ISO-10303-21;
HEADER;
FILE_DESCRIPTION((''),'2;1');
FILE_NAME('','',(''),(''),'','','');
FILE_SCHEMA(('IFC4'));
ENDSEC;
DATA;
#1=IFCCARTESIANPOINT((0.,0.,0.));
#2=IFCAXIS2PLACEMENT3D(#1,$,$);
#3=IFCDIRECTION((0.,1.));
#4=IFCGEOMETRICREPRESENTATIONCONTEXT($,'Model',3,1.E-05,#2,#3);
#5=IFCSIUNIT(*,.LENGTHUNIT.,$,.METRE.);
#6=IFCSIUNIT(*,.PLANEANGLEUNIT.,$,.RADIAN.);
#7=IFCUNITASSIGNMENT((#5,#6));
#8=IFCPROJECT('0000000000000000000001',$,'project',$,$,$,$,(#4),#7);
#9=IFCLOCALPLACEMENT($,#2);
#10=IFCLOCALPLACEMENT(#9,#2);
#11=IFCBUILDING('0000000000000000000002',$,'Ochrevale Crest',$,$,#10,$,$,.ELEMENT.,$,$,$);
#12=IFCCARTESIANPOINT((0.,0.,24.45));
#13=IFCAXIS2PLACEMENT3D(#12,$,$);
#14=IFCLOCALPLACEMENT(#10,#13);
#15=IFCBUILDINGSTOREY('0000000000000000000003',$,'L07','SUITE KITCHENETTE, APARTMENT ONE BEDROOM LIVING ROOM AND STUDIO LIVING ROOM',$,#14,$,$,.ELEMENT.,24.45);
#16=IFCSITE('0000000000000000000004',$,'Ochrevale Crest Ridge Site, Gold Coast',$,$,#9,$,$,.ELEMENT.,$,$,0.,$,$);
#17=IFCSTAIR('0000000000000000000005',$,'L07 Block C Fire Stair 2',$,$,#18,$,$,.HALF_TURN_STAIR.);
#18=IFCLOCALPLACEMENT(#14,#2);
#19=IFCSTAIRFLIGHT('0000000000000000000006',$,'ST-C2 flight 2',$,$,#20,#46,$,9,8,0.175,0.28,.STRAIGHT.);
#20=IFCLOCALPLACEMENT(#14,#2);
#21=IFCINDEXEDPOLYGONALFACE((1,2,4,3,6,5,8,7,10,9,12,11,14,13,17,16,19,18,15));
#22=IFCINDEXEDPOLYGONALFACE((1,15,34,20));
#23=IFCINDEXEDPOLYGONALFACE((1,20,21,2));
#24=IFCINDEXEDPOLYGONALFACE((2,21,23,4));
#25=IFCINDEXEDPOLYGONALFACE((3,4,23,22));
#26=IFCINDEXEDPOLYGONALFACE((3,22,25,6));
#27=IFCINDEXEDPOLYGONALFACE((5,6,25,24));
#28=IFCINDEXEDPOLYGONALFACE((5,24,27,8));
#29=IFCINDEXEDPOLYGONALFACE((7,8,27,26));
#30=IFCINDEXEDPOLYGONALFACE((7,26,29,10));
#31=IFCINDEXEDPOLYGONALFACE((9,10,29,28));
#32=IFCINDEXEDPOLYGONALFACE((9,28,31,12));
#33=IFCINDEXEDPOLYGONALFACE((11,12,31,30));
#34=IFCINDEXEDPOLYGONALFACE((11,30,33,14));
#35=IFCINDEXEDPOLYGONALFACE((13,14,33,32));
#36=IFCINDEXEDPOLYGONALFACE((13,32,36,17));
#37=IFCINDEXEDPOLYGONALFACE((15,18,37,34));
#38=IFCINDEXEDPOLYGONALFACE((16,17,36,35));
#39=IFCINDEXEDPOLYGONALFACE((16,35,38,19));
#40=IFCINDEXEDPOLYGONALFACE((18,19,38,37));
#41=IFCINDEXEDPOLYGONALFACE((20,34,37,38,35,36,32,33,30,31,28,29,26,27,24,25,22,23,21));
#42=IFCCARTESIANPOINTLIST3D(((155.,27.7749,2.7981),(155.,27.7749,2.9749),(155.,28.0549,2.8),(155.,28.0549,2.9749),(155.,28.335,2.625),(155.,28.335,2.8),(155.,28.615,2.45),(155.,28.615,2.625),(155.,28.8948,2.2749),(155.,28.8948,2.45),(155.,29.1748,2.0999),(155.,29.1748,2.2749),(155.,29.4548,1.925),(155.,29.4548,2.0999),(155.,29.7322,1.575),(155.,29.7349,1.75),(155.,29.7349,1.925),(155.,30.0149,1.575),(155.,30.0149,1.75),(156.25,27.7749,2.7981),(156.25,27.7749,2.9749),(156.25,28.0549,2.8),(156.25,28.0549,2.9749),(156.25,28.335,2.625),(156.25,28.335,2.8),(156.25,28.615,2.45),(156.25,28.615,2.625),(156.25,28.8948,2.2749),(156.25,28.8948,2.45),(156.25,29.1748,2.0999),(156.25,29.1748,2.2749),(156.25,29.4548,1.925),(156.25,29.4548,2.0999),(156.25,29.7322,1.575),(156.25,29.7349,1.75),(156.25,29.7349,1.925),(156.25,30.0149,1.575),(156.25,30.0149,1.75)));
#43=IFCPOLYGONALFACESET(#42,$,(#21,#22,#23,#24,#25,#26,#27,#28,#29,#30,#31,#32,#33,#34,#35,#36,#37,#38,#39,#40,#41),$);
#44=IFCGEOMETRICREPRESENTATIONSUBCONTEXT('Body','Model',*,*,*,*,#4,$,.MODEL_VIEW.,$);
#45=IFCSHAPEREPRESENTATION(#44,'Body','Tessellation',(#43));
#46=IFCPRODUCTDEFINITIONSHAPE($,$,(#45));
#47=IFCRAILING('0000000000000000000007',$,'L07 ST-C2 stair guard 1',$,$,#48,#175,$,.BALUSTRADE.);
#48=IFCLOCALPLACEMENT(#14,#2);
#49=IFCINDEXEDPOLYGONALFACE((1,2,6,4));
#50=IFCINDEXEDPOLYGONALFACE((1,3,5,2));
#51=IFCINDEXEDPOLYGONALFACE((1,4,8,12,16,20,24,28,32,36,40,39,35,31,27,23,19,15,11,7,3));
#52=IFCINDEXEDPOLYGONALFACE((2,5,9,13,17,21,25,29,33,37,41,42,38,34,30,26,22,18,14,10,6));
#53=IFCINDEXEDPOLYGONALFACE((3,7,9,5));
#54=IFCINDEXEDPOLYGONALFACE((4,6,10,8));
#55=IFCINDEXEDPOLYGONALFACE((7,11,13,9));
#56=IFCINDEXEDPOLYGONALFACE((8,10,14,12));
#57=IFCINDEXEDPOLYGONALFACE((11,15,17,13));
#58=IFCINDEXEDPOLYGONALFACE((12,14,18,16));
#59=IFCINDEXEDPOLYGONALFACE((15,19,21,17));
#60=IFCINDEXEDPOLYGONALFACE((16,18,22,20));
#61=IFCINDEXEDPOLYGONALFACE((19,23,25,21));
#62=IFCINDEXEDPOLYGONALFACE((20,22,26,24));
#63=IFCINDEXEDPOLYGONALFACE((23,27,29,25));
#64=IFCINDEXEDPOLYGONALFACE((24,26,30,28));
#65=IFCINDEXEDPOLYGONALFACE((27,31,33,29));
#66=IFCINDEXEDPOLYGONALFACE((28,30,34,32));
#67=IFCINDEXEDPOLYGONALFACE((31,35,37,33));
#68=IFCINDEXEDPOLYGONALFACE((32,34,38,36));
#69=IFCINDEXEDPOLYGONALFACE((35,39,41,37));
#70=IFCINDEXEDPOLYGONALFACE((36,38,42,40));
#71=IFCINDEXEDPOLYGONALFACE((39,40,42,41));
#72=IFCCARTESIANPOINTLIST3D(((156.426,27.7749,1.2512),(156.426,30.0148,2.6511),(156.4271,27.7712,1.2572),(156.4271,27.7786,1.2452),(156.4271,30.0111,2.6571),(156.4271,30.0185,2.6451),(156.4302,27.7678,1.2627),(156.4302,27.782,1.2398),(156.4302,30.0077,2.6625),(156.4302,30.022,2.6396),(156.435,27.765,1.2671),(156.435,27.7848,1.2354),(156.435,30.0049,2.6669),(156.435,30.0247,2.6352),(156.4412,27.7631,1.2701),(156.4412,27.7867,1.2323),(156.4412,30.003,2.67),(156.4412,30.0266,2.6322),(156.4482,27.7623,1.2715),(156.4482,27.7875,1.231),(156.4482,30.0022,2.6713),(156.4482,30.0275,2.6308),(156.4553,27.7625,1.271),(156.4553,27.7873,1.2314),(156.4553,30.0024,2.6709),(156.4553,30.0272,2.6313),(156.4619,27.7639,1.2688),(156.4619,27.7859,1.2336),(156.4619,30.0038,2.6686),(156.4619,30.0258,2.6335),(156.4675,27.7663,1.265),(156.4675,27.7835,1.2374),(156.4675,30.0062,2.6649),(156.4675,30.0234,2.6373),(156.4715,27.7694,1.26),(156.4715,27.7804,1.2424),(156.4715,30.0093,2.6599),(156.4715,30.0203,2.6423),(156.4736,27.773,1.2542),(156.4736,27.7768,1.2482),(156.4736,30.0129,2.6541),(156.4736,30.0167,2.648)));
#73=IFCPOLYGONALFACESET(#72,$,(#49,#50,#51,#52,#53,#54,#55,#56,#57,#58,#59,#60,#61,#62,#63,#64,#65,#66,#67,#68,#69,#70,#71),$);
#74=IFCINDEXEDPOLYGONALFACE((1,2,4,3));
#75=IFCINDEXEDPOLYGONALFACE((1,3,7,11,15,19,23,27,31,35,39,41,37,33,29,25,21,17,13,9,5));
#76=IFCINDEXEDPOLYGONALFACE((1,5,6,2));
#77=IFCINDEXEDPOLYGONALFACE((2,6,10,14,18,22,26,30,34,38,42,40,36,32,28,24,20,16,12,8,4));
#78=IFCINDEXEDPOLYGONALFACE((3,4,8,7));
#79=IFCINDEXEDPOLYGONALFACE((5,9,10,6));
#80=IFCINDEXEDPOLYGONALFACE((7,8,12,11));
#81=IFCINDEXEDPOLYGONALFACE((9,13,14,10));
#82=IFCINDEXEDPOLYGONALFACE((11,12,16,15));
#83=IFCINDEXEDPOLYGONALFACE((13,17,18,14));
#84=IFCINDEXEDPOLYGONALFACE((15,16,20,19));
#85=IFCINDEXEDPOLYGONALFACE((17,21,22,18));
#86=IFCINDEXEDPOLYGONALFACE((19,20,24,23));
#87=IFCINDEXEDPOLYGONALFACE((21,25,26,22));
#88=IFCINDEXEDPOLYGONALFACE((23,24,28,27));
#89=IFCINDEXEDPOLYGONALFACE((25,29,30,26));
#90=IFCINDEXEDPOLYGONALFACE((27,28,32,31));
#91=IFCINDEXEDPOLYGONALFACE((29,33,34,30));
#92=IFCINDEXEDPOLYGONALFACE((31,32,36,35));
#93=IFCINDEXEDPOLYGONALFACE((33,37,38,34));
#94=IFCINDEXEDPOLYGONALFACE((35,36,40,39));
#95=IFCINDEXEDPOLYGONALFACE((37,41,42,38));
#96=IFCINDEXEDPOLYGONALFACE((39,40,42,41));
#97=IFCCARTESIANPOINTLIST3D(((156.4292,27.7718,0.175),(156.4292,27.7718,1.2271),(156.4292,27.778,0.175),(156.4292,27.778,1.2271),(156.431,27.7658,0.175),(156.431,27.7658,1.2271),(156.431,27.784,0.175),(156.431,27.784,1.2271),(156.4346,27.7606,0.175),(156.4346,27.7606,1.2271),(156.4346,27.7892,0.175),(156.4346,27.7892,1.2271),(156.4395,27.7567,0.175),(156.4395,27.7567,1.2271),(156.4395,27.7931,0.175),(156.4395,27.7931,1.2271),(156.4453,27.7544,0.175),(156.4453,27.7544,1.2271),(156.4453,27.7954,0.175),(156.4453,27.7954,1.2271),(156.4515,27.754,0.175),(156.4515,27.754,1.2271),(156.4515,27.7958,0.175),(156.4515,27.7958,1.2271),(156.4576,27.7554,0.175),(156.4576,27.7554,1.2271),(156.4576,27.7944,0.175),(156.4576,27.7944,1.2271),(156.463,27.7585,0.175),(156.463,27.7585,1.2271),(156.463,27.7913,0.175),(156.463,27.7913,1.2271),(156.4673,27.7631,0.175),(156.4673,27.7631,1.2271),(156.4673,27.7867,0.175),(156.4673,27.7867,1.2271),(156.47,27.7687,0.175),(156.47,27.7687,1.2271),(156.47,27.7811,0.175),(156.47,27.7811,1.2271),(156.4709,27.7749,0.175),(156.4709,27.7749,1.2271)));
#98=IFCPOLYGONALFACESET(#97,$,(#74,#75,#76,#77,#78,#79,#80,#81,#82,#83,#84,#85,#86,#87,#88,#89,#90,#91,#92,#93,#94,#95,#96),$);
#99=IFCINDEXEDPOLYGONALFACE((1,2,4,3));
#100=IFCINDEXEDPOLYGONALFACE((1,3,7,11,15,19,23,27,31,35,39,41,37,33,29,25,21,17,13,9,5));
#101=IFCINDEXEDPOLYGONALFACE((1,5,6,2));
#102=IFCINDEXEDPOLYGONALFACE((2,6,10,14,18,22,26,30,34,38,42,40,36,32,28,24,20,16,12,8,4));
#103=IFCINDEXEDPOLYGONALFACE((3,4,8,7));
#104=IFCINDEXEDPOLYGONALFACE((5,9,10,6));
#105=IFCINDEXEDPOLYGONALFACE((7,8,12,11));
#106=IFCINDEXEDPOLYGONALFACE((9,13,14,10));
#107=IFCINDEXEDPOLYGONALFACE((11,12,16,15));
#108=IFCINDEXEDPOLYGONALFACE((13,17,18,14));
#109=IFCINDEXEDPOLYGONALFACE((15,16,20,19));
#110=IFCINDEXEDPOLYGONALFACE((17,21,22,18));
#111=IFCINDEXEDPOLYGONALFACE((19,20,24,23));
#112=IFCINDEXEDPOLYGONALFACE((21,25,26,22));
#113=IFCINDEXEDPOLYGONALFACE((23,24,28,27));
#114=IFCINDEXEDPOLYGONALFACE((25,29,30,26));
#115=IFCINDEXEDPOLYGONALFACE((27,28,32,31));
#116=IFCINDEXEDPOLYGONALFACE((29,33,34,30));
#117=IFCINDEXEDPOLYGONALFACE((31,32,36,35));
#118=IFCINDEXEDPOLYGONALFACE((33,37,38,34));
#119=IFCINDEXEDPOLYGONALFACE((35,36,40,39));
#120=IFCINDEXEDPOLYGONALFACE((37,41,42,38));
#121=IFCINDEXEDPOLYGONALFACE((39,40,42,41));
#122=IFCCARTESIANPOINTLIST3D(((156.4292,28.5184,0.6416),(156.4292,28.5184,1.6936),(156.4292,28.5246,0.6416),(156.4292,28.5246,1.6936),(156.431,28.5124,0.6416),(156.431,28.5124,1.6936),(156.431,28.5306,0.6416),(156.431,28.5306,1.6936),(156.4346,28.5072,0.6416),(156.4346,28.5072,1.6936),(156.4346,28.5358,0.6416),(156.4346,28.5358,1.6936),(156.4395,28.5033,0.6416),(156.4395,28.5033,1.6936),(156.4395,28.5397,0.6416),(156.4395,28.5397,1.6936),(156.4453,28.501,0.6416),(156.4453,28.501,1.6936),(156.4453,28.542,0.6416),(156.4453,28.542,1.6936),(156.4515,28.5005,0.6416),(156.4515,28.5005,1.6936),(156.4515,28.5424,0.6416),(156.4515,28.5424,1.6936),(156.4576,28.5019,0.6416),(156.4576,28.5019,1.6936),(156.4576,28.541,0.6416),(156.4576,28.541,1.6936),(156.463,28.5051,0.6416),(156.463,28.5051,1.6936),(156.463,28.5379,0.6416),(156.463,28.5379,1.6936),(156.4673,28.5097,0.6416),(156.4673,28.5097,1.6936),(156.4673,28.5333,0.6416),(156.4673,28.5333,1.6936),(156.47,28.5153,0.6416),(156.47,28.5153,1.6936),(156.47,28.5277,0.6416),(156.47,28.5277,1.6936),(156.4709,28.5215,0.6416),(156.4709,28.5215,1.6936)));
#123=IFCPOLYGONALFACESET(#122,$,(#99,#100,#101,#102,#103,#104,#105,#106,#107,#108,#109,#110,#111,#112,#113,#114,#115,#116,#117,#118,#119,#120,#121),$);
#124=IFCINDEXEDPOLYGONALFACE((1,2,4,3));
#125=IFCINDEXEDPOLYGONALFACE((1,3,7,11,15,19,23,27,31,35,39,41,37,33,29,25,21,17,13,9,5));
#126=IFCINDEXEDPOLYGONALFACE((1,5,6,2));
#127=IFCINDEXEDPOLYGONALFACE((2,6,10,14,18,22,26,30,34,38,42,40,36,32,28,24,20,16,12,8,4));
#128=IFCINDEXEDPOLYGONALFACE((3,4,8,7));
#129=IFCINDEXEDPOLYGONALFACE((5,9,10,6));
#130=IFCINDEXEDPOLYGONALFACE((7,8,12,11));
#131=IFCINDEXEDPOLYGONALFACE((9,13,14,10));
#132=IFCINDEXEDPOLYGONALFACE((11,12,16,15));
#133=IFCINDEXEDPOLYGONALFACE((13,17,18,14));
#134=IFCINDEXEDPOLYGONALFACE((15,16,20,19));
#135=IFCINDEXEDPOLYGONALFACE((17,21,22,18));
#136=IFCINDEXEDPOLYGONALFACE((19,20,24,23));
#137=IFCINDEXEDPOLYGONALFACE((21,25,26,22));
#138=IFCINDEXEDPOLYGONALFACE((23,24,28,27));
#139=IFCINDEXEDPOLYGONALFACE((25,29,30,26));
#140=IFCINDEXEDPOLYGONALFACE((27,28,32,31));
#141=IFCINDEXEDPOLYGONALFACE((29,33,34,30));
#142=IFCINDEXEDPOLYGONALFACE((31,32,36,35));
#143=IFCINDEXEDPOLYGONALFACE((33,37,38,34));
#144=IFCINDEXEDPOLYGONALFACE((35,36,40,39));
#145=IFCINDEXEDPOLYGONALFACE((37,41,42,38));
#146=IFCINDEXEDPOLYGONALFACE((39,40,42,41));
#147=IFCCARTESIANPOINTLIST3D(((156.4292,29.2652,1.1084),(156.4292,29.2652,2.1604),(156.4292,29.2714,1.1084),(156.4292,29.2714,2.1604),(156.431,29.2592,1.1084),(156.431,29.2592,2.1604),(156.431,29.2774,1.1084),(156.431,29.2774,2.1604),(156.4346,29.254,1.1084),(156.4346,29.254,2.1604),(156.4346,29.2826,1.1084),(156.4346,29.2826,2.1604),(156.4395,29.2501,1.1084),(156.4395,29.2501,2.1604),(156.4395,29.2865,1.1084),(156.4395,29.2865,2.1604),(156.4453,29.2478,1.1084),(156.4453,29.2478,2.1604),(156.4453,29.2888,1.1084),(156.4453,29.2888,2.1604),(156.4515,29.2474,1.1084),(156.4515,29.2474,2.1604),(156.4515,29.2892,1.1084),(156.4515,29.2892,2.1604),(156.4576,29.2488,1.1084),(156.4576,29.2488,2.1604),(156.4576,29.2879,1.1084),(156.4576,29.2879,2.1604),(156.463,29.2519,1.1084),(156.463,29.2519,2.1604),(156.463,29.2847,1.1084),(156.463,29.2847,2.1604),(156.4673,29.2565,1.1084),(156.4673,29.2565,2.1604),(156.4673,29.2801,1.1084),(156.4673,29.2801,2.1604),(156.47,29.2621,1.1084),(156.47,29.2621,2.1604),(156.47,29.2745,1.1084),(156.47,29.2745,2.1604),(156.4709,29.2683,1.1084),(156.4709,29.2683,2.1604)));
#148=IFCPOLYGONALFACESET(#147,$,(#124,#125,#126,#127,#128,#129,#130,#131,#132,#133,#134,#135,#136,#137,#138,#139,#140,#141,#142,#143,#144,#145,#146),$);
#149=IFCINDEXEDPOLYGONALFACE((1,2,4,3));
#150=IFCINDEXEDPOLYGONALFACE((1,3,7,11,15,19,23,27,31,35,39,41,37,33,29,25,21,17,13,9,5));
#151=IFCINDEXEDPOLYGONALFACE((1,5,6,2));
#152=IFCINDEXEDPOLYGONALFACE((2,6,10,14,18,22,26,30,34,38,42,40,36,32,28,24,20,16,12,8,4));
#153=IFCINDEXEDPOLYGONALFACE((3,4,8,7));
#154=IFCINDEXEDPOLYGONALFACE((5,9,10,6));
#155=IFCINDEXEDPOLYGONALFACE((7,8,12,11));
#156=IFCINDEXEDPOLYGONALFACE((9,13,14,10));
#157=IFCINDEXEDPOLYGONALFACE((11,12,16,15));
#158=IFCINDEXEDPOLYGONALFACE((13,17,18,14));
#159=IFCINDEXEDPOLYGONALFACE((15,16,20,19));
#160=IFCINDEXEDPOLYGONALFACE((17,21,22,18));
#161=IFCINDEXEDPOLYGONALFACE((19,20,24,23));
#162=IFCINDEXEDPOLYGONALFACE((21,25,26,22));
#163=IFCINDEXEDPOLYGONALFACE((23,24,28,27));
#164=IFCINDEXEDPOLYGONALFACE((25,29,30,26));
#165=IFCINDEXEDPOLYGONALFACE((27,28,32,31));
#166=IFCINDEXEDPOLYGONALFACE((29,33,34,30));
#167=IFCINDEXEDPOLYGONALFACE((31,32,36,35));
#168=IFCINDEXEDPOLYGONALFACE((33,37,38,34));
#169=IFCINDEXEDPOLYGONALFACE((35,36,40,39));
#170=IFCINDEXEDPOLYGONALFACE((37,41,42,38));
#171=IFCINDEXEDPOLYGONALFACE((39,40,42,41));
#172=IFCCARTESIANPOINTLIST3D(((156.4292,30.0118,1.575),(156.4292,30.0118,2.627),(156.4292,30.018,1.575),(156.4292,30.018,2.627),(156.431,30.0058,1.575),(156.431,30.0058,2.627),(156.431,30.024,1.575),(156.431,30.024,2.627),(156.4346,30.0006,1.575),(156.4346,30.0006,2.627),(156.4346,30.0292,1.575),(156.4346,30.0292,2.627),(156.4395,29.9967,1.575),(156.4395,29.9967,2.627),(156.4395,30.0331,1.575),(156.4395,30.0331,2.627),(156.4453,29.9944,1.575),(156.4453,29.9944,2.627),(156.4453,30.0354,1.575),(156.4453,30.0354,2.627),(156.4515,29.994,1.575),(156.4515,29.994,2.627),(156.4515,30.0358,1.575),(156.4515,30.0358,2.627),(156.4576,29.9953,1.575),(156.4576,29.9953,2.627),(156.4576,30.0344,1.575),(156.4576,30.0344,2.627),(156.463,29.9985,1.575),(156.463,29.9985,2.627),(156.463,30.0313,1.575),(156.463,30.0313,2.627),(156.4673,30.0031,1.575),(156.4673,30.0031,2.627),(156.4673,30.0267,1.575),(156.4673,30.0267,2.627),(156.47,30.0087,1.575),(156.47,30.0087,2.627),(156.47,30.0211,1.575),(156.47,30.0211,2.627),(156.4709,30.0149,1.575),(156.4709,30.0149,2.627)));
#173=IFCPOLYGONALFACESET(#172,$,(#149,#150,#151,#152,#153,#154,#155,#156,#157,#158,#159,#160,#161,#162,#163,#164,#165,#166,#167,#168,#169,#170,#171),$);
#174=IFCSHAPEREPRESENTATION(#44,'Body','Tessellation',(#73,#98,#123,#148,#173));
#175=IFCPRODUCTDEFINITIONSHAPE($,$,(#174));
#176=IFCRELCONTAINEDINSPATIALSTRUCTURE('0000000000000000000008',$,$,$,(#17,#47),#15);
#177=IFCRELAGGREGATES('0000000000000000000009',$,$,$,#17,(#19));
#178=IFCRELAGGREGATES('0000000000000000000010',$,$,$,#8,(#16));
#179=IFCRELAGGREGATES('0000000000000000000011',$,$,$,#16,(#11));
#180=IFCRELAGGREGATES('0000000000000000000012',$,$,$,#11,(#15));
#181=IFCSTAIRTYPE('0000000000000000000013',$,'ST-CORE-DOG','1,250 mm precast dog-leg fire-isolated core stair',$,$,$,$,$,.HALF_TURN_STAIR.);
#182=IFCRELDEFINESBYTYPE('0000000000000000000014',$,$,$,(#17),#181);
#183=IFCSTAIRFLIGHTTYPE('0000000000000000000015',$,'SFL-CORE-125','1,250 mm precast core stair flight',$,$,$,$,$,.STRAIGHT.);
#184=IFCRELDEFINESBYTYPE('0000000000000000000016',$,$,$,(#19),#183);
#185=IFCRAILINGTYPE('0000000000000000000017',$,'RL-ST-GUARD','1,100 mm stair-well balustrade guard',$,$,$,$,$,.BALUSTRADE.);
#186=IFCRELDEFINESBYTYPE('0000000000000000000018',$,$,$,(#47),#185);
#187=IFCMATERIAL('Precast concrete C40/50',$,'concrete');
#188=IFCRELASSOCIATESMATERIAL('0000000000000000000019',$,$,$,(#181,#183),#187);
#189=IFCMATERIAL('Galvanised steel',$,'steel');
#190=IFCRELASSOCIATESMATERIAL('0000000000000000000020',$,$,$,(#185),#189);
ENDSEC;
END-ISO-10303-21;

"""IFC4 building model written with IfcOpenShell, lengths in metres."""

from ifc_helpers import new_model, si_unit, direction, frame, origin, origin_2d, place, context, subcontext, project, spatial, polyline, circle, outline, extrude, material, type_object, element, aggregate, save


model = new_model("IFC4")

# Units and contexts
model_context = context("Model", 3, precision=1e-05, world=origin(), true_north=direction((0.0, 1.0)))
body_context = subcontext(model_context, "Body", "Model", "MODEL_VIEW")
ifc_project = project(units=[si_unit("LENGTHUNIT", "METRE"), si_unit("PLANEANGLEUNIT", "RADIAN")], contexts=[model_context])

# Site, building, storey
site_placement = place(None, origin())
site = spatial("IfcSite", under=ifc_project, at=site_placement, Name="Ochrevale Crest Ridge Site, Gold Coast", CompositionType="ELEMENT", RefElevation=0.0)
building_placement = place(site_placement, origin())
building = spatial("IfcBuilding", under=site, at=building_placement, Name="Ochrevale Crest", CompositionType="ELEMENT")
storey_placement = place(building_placement, frame((0.0, 0.0, 24.45)))
storey = spatial("IfcBuildingStorey", under=building, at=storey_placement, Name="L07", Description="SUITE KITCHENETTE, APARTMENT ONE BEDROOM LIVING ROOM AND STUDIO LIVING ROOM", CompositionType="ELEMENT", Elevation=24.45)

# Stair, stair flight
ifc_material_1 = material(Name="Precast concrete C40/50", Category="concrete")
stair_type = type_object("IfcStairType", Name="ST-CORE-DOG", Description="1,250 mm precast dog-leg fire-isolated core stair", PredefinedType="HALF_TURN_STAIR", material=ifc_material_1)
stair_placement = place(storey_placement, origin())
stair = element("IfcStair", 1, at=stair_placement, inside=storey, type_object=stair_type, Name="L07 Block C Fire Stair 2", PredefinedType="HALF_TURN_STAIR")
stair_flight_type = type_object("IfcStairFlightType", Name="SFL-CORE-125", Description="1,250 mm precast core stair flight", PredefinedType="STRAIGHT", material=ifc_material_1)
stair_flight_1_placement = place(storey_placement, frame((155.625, 30.0149, 1.575), z_axis=(0.0, 0.0, 1.0), x_axis=(0.0, -1.0, 0.0)))
stair_flight_1 = element("IfcStairFlight", 2, at=stair_flight_1_placement, type_object=stair_flight_type, Name="ST-C2 flight 2", NumberOfRisers=9, NumberOfTreads=8, PredefinedType="STRAIGHT", RiserHeight=0.175, TreadLength=0.28, context=body_context, shape_type="SweptSolid", body=[
    extrude(outline(polyline([(0.0, 0.0), (0.0, 0.175), (0.28, 0.175), (0.28, 0.3501), (0.5601, 0.3501), (0.5601, 0.5249), (0.8401, 0.5249), (0.8401, 0.7), (1.1201, 0.7), (1.1201, 0.875), (1.3999, 0.875), (1.3999, 1.05), (1.6799, 1.05), (1.6799, 1.2251), (1.96, 1.2251), (1.96, 1.3999), (2.24, 1.3999), (2.24, 1.575), (2.24, 1.2231), (0.2827, 0.0), (0.0, 0.0)])), frame((0.0, 0.625, 0.0), z_axis=(0.0, -1.0, 0.0), x_axis=(1.0, 0.0, 0.0)), (0.0, 0.0, 1.0), 1.25),
])
aggregate(stair, [stair_flight_1])

# Railing
ifc_material_2 = material(Name="Galvanised steel", Category="steel")
railing_type_1 = type_object("IfcRailingType", Name="RL-ST-GUARD", Description="1,100 mm stair-well balustrade guard", PredefinedType="BALUSTRADE", material=ifc_material_2)
railing_1_placement = place(storey_placement, frame((156.45, 27.7749, 0.175)))
element("IfcRailing", 3, at=railing_1_placement, inside=storey, type_object=railing_type_1, Name="L07 ST-C2 stair guard 1", PredefinedType="BALUSTRADE", context=body_context, shape_type="SweptSolid", body=[
    extrude(circle(Radius=0.0239, at=origin_2d()), frame((0.0, 0.0, 1.0762), z_axis=(0.0, 0.848014, 0.529974), x_axis=(-1.0, 0.0, 0.0)), (0.0, 0.0, 1.0), 2.6414),
    extrude(circle(Radius=0.021, at=origin_2d()), origin(), (0.0, 0.0, 1.0), 1.052),
    extrude(circle(Radius=0.021, at=origin_2d()), frame((0.0, 0.7466, 0.4666)), (0.0, 0.0, 1.0), 1.052),
    extrude(circle(Radius=0.021, at=origin_2d()), frame((0.0, 1.4934, 0.9333)), (0.0, 0.0, 1.0), 1.052),
    extrude(circle(Radius=0.021, at=origin_2d()), frame((0.0, 2.24, 1.3999)), (0.0, 0.0, 1.0), 1.052),
])

save(model, "model.ifc")
